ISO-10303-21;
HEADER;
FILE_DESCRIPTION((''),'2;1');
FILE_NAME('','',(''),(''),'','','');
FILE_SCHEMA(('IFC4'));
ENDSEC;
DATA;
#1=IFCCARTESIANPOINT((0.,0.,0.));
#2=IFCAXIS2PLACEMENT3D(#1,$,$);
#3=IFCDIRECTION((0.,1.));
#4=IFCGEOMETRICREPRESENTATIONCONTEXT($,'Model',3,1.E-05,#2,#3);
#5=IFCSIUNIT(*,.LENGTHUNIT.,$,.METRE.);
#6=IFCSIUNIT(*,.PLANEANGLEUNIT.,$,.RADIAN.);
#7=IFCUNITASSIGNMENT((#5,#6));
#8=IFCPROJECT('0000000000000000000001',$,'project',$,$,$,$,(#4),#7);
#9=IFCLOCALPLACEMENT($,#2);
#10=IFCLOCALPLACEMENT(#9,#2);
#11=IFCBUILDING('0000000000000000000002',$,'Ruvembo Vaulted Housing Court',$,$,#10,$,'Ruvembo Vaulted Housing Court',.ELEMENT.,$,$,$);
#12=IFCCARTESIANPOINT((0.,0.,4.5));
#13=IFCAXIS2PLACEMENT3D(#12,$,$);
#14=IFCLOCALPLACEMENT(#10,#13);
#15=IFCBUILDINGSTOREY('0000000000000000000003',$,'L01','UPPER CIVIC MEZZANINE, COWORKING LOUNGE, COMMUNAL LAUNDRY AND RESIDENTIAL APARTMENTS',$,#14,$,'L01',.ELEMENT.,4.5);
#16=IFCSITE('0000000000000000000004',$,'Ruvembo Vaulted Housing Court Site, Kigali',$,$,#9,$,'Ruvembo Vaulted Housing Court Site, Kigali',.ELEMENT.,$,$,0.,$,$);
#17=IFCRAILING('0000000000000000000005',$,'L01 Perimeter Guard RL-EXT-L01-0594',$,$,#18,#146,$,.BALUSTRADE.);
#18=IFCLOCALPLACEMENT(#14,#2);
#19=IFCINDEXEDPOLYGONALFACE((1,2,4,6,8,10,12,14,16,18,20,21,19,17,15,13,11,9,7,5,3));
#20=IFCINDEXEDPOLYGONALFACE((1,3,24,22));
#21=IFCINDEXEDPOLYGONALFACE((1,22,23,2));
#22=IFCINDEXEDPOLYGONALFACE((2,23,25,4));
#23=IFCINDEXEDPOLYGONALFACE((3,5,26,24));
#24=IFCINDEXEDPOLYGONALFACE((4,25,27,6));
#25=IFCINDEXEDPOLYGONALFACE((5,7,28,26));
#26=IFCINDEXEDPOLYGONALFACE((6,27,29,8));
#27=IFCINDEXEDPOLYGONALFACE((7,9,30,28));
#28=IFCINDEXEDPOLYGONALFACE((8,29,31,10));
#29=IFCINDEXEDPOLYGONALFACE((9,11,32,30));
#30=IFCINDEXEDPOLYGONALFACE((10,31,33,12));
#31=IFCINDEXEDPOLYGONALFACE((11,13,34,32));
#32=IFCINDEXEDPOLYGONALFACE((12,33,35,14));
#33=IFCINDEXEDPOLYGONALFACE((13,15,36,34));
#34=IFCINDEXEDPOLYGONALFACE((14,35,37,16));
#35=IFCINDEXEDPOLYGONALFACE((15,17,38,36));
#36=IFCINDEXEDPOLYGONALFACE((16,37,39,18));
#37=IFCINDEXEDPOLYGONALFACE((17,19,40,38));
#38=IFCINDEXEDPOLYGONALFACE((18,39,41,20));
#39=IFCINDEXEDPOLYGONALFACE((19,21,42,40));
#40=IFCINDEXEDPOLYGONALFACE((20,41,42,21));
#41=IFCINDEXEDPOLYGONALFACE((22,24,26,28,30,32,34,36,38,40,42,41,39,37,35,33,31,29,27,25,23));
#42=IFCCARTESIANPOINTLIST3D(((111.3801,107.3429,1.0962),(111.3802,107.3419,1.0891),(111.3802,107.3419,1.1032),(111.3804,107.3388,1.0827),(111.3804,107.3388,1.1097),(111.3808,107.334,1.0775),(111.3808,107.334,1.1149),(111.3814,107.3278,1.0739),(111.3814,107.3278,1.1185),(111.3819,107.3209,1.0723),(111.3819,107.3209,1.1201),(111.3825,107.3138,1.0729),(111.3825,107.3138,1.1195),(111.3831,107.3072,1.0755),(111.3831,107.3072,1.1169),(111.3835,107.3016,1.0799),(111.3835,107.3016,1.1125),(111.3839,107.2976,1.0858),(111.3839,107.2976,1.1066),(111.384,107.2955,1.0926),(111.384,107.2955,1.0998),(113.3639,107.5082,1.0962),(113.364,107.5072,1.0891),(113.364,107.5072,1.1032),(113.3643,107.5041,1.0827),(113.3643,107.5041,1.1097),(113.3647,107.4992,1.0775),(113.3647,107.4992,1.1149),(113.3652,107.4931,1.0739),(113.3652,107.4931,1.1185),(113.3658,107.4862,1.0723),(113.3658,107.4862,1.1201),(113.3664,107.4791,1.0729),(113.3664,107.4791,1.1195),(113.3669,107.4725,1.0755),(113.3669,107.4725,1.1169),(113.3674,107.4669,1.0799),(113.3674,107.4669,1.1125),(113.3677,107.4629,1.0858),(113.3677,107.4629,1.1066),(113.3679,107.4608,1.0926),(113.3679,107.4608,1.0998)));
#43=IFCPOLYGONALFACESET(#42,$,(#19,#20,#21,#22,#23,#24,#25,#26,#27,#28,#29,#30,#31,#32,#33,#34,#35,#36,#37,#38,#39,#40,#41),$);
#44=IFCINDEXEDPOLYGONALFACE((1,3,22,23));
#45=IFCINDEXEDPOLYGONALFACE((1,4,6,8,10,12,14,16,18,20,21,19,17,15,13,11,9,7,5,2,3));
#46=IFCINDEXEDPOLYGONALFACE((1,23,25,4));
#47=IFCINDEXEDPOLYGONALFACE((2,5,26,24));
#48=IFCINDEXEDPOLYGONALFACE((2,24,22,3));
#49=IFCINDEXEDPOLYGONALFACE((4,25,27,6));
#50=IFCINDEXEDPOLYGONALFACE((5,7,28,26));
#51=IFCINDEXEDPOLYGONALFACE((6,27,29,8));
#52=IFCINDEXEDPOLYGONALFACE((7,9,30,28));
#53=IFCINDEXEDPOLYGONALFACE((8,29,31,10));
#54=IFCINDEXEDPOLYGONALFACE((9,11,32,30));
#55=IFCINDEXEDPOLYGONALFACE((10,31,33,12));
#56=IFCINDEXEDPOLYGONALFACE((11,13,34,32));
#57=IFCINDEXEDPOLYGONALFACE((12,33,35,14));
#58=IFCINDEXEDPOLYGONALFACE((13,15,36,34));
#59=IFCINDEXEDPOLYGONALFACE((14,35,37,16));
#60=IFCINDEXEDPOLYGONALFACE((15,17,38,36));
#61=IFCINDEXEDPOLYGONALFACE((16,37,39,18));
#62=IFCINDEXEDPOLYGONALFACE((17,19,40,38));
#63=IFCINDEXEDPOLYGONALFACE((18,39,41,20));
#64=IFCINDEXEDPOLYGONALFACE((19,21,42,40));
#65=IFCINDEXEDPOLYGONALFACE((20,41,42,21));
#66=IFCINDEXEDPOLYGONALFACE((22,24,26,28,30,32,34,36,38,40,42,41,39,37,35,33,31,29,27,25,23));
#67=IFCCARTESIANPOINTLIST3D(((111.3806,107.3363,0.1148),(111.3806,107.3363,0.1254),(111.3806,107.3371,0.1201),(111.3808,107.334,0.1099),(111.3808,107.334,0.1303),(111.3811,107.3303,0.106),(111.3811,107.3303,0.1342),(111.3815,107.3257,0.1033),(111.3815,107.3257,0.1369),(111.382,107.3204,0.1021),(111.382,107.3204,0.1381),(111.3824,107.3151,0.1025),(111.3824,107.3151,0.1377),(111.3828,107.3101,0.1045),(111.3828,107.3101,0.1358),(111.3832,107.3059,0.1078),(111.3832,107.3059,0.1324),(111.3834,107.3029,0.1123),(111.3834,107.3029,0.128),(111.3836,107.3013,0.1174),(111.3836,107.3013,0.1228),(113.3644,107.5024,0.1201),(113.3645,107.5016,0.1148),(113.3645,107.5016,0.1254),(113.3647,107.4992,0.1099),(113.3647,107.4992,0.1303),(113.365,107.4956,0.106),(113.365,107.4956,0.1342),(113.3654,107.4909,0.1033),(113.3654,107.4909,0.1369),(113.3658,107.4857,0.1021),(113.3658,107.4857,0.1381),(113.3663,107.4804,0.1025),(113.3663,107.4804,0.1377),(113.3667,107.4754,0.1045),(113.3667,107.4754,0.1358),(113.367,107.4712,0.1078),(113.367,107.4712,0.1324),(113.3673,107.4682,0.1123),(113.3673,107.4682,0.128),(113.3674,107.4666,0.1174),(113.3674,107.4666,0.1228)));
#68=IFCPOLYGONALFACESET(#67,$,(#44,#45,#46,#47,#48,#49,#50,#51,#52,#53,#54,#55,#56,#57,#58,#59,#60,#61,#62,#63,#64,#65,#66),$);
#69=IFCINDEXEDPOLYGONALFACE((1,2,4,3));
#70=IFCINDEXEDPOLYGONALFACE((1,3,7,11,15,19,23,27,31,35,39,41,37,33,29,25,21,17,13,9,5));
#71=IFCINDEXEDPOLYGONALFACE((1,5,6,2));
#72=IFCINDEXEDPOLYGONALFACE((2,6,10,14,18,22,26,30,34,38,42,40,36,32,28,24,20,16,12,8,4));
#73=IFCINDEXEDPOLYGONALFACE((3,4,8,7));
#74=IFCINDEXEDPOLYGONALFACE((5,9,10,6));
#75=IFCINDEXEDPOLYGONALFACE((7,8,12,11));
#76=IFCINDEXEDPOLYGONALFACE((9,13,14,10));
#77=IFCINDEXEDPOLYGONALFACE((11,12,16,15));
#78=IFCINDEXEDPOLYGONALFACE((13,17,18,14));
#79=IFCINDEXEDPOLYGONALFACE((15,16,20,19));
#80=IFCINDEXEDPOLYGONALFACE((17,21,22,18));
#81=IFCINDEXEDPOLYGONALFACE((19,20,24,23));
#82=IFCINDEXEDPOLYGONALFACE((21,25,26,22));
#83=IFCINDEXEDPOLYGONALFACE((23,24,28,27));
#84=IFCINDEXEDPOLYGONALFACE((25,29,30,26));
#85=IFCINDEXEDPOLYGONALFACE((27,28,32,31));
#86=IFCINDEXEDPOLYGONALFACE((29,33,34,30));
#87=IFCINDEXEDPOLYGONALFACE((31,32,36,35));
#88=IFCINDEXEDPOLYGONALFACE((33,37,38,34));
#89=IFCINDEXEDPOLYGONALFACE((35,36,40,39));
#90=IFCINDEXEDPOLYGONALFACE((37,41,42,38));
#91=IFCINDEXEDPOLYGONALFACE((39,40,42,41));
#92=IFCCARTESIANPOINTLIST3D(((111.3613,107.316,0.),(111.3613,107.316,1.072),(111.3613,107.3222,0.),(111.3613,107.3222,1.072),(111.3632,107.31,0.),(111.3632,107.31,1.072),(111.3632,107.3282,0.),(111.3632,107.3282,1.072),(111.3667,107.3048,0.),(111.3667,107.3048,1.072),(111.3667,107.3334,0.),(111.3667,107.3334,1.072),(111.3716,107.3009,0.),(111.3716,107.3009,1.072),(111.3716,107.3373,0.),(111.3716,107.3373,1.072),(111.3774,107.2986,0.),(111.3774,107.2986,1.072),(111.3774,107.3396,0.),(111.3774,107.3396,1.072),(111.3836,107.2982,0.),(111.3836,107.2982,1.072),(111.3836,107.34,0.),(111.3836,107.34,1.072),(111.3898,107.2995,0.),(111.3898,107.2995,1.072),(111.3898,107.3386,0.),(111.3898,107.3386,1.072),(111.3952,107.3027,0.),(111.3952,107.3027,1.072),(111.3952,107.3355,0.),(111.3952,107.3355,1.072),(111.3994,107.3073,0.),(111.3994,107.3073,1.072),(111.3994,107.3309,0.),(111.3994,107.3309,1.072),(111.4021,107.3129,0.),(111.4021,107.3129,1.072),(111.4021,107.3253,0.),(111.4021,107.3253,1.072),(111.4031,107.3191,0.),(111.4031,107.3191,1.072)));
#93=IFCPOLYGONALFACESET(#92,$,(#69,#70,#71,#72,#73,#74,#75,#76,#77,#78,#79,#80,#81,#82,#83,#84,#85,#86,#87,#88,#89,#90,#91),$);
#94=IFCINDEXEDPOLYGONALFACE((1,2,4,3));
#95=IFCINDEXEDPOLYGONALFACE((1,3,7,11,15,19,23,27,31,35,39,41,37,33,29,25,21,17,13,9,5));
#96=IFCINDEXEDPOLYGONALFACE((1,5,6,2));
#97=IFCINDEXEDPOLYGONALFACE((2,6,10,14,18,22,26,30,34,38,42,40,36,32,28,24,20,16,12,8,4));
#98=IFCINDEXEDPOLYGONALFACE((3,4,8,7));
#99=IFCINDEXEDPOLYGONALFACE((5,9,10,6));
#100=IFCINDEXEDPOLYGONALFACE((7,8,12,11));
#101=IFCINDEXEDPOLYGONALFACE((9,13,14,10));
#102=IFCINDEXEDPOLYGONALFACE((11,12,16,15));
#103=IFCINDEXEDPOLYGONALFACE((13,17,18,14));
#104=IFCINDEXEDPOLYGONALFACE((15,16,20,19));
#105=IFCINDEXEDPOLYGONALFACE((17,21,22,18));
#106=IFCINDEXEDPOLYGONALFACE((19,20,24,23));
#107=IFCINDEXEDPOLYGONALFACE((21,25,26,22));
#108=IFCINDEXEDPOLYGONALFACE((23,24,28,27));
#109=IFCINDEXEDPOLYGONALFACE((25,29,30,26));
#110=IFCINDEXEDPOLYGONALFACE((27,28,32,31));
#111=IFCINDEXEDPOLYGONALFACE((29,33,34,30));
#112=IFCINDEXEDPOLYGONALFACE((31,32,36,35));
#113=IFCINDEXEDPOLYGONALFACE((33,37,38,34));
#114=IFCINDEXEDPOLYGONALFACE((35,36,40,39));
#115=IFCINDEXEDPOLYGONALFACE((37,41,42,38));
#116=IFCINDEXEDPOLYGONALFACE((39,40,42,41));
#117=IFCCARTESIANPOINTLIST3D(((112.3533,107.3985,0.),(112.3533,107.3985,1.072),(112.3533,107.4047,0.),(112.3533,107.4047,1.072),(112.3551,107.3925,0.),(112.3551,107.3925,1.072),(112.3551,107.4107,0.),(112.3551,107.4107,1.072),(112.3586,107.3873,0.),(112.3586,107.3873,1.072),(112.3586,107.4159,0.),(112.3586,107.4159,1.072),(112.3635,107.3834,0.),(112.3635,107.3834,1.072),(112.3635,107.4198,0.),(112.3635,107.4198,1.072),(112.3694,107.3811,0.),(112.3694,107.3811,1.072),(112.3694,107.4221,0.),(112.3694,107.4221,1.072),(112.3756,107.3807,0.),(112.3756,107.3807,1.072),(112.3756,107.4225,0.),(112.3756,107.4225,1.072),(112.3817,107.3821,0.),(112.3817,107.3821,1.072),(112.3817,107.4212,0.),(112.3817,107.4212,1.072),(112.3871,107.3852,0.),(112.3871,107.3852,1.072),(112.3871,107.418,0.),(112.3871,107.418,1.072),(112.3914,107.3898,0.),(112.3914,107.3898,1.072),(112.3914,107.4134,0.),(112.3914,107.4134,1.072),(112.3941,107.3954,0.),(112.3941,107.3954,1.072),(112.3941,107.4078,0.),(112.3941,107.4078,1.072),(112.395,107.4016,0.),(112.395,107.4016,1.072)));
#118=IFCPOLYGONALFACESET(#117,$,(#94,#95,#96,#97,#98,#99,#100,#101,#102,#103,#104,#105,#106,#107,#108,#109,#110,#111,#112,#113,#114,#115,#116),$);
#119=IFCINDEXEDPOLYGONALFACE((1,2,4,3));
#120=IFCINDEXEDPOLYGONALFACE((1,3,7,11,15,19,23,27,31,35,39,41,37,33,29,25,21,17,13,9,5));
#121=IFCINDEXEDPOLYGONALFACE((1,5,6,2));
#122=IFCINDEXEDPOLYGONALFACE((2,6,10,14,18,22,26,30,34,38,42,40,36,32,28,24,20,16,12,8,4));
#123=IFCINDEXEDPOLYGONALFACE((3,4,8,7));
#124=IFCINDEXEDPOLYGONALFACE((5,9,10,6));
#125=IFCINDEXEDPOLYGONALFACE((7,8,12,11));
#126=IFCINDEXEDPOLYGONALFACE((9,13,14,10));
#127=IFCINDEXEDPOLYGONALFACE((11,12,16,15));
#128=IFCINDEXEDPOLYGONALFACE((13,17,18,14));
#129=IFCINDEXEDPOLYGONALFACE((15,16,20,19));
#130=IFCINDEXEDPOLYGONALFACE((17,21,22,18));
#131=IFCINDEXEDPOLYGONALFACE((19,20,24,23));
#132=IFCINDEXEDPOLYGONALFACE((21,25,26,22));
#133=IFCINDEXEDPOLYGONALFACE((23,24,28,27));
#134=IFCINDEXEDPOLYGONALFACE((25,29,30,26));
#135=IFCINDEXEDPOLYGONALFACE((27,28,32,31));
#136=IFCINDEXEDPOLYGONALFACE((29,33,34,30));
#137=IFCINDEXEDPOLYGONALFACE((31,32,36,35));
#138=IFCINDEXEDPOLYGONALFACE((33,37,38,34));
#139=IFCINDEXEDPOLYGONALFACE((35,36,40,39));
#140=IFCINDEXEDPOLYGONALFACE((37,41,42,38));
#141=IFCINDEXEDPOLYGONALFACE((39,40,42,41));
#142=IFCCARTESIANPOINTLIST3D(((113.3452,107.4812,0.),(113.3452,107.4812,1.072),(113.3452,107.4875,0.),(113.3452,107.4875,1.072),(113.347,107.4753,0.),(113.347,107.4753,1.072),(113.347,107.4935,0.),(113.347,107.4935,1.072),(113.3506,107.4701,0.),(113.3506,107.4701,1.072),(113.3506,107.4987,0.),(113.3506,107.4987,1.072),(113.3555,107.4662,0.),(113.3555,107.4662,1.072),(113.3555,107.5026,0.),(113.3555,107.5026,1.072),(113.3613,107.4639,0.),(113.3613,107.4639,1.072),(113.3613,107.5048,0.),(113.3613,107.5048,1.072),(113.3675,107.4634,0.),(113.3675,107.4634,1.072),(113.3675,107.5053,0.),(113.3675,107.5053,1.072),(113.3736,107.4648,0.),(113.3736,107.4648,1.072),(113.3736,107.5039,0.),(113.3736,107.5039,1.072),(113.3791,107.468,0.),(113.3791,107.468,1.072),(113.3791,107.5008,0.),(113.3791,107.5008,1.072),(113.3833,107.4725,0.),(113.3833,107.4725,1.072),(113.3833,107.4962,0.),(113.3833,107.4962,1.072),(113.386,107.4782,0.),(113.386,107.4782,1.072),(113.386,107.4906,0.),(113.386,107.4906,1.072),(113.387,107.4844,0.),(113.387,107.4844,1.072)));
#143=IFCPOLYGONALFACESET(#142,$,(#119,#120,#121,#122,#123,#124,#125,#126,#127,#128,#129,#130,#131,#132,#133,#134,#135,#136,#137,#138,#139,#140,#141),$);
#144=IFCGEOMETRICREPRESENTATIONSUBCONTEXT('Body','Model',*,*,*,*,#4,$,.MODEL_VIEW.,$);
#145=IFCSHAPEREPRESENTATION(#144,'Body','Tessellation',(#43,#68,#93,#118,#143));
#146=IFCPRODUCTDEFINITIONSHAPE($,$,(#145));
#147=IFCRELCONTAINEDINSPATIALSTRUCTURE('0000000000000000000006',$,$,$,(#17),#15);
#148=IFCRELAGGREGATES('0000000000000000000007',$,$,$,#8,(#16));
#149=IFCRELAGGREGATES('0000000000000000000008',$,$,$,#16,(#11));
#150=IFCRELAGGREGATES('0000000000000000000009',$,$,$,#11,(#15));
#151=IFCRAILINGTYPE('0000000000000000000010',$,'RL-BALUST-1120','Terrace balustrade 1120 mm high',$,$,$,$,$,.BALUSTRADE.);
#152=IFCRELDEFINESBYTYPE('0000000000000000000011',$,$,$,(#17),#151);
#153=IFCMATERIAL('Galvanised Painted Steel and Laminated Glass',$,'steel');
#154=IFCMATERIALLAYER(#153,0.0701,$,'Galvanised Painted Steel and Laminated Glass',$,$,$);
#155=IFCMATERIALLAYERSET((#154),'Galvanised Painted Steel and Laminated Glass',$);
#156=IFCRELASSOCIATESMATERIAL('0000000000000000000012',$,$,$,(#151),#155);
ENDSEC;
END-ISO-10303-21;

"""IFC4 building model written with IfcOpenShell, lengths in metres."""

from ifc_helpers import new_model, si_unit, direction, frame, origin, origin_2d, place, context, subcontext, project, spatial, circle, extrude, material, layer, layer_set, type_object, element, save


model = new_model("IFC4")

# Units and contexts
model_context = context("Model", 3, precision=1e-05, world=origin(), true_north=direction((0.0, 1.0)))
body_context = subcontext(model_context, "Body", "Model", "MODEL_VIEW")
ifc_project = project(units=[si_unit("LENGTHUNIT", "METRE"), si_unit("PLANEANGLEUNIT", "RADIAN")], contexts=[model_context])

# Site, building, storey
site_placement = place(None, origin())
site = spatial("IfcSite", under=ifc_project, at=site_placement, Name="Ruvembo Vaulted Housing Court Site, Kigali", LongName="Ruvembo Vaulted Housing Court Site, Kigali", CompositionType="ELEMENT", RefElevation=0.0)
building_placement = place(site_placement, origin())
building = spatial("IfcBuilding", under=site, at=building_placement, Name="Ruvembo Vaulted Housing Court", LongName="Ruvembo Vaulted Housing Court", CompositionType="ELEMENT")
storey_placement = place(building_placement, frame((0.0, 0.0, 4.5)))
storey = spatial("IfcBuildingStorey", under=building, at=storey_placement, Name="L01", Description="UPPER CIVIC MEZZANINE, COWORKING LOUNGE, COMMUNAL LAUNDRY AND RESIDENTIAL APARTMENTS", LongName="L01", CompositionType="ELEMENT", Elevation=4.5)

# Railing
ifc_material_1 = material(Name="Galvanised Painted Steel and Laminated Glass", Category="steel")
ifc_layer_1 = layer(ifc_material_1, 0.0701, Name="Galvanised Painted Steel and Laminated Glass")
ifc_layer_set_1 = layer_set([ifc_layer_1], Name="Galvanised Painted Steel and Laminated Glass")
railing_type = type_object("IfcRailingType", Name="RL-BALUST-1120", Description="Terrace balustrade 1120 mm high", PredefinedType="BALUSTRADE", material=ifc_layer_set_1)
railing_1_placement = place(storey_placement, frame((111.3821, 107.3191, 0.0)))
element("IfcRailing", 1, at=railing_1_placement, inside=storey, type_object=railing_type, Name="L01 Perimeter Guard RL-EXT-L01-0594", PredefinedType="BALUSTRADE", context=body_context, shape_type="SweptSolid", body=[
    extrude(circle(Radius=0.0239, at=origin_2d()), frame((0.0, 0.0, 1.0962), z_axis=(0.996547, 0.083025, 0.0), x_axis=(-0.083025, 0.996547, 0.0)), (0.0, 0.0, 1.0), 1.9907),
    extrude(circle(Radius=0.0181, at=origin_2d()), frame((0.0, 0.0, 0.1201), z_axis=(0.996547, 0.083025, 0.0), x_axis=(-0.083025, 0.996547, 0.0)), (0.0, 0.0, 1.0), 1.9907),
    extrude(circle(Radius=0.021, at=origin_2d()), origin(), (0.0, 0.0, 1.0), 1.072),
    extrude(circle(Radius=0.021, at=origin_2d()), frame((0.9919, 0.0825, 0.0)), (0.0, 0.0, 1.0), 1.072),
    extrude(circle(Radius=0.021, at=origin_2d()), frame((1.9839, 0.1653, 0.0)), (0.0, 0.0, 1.0), 1.072),
])

save(model, "model.ifc")
